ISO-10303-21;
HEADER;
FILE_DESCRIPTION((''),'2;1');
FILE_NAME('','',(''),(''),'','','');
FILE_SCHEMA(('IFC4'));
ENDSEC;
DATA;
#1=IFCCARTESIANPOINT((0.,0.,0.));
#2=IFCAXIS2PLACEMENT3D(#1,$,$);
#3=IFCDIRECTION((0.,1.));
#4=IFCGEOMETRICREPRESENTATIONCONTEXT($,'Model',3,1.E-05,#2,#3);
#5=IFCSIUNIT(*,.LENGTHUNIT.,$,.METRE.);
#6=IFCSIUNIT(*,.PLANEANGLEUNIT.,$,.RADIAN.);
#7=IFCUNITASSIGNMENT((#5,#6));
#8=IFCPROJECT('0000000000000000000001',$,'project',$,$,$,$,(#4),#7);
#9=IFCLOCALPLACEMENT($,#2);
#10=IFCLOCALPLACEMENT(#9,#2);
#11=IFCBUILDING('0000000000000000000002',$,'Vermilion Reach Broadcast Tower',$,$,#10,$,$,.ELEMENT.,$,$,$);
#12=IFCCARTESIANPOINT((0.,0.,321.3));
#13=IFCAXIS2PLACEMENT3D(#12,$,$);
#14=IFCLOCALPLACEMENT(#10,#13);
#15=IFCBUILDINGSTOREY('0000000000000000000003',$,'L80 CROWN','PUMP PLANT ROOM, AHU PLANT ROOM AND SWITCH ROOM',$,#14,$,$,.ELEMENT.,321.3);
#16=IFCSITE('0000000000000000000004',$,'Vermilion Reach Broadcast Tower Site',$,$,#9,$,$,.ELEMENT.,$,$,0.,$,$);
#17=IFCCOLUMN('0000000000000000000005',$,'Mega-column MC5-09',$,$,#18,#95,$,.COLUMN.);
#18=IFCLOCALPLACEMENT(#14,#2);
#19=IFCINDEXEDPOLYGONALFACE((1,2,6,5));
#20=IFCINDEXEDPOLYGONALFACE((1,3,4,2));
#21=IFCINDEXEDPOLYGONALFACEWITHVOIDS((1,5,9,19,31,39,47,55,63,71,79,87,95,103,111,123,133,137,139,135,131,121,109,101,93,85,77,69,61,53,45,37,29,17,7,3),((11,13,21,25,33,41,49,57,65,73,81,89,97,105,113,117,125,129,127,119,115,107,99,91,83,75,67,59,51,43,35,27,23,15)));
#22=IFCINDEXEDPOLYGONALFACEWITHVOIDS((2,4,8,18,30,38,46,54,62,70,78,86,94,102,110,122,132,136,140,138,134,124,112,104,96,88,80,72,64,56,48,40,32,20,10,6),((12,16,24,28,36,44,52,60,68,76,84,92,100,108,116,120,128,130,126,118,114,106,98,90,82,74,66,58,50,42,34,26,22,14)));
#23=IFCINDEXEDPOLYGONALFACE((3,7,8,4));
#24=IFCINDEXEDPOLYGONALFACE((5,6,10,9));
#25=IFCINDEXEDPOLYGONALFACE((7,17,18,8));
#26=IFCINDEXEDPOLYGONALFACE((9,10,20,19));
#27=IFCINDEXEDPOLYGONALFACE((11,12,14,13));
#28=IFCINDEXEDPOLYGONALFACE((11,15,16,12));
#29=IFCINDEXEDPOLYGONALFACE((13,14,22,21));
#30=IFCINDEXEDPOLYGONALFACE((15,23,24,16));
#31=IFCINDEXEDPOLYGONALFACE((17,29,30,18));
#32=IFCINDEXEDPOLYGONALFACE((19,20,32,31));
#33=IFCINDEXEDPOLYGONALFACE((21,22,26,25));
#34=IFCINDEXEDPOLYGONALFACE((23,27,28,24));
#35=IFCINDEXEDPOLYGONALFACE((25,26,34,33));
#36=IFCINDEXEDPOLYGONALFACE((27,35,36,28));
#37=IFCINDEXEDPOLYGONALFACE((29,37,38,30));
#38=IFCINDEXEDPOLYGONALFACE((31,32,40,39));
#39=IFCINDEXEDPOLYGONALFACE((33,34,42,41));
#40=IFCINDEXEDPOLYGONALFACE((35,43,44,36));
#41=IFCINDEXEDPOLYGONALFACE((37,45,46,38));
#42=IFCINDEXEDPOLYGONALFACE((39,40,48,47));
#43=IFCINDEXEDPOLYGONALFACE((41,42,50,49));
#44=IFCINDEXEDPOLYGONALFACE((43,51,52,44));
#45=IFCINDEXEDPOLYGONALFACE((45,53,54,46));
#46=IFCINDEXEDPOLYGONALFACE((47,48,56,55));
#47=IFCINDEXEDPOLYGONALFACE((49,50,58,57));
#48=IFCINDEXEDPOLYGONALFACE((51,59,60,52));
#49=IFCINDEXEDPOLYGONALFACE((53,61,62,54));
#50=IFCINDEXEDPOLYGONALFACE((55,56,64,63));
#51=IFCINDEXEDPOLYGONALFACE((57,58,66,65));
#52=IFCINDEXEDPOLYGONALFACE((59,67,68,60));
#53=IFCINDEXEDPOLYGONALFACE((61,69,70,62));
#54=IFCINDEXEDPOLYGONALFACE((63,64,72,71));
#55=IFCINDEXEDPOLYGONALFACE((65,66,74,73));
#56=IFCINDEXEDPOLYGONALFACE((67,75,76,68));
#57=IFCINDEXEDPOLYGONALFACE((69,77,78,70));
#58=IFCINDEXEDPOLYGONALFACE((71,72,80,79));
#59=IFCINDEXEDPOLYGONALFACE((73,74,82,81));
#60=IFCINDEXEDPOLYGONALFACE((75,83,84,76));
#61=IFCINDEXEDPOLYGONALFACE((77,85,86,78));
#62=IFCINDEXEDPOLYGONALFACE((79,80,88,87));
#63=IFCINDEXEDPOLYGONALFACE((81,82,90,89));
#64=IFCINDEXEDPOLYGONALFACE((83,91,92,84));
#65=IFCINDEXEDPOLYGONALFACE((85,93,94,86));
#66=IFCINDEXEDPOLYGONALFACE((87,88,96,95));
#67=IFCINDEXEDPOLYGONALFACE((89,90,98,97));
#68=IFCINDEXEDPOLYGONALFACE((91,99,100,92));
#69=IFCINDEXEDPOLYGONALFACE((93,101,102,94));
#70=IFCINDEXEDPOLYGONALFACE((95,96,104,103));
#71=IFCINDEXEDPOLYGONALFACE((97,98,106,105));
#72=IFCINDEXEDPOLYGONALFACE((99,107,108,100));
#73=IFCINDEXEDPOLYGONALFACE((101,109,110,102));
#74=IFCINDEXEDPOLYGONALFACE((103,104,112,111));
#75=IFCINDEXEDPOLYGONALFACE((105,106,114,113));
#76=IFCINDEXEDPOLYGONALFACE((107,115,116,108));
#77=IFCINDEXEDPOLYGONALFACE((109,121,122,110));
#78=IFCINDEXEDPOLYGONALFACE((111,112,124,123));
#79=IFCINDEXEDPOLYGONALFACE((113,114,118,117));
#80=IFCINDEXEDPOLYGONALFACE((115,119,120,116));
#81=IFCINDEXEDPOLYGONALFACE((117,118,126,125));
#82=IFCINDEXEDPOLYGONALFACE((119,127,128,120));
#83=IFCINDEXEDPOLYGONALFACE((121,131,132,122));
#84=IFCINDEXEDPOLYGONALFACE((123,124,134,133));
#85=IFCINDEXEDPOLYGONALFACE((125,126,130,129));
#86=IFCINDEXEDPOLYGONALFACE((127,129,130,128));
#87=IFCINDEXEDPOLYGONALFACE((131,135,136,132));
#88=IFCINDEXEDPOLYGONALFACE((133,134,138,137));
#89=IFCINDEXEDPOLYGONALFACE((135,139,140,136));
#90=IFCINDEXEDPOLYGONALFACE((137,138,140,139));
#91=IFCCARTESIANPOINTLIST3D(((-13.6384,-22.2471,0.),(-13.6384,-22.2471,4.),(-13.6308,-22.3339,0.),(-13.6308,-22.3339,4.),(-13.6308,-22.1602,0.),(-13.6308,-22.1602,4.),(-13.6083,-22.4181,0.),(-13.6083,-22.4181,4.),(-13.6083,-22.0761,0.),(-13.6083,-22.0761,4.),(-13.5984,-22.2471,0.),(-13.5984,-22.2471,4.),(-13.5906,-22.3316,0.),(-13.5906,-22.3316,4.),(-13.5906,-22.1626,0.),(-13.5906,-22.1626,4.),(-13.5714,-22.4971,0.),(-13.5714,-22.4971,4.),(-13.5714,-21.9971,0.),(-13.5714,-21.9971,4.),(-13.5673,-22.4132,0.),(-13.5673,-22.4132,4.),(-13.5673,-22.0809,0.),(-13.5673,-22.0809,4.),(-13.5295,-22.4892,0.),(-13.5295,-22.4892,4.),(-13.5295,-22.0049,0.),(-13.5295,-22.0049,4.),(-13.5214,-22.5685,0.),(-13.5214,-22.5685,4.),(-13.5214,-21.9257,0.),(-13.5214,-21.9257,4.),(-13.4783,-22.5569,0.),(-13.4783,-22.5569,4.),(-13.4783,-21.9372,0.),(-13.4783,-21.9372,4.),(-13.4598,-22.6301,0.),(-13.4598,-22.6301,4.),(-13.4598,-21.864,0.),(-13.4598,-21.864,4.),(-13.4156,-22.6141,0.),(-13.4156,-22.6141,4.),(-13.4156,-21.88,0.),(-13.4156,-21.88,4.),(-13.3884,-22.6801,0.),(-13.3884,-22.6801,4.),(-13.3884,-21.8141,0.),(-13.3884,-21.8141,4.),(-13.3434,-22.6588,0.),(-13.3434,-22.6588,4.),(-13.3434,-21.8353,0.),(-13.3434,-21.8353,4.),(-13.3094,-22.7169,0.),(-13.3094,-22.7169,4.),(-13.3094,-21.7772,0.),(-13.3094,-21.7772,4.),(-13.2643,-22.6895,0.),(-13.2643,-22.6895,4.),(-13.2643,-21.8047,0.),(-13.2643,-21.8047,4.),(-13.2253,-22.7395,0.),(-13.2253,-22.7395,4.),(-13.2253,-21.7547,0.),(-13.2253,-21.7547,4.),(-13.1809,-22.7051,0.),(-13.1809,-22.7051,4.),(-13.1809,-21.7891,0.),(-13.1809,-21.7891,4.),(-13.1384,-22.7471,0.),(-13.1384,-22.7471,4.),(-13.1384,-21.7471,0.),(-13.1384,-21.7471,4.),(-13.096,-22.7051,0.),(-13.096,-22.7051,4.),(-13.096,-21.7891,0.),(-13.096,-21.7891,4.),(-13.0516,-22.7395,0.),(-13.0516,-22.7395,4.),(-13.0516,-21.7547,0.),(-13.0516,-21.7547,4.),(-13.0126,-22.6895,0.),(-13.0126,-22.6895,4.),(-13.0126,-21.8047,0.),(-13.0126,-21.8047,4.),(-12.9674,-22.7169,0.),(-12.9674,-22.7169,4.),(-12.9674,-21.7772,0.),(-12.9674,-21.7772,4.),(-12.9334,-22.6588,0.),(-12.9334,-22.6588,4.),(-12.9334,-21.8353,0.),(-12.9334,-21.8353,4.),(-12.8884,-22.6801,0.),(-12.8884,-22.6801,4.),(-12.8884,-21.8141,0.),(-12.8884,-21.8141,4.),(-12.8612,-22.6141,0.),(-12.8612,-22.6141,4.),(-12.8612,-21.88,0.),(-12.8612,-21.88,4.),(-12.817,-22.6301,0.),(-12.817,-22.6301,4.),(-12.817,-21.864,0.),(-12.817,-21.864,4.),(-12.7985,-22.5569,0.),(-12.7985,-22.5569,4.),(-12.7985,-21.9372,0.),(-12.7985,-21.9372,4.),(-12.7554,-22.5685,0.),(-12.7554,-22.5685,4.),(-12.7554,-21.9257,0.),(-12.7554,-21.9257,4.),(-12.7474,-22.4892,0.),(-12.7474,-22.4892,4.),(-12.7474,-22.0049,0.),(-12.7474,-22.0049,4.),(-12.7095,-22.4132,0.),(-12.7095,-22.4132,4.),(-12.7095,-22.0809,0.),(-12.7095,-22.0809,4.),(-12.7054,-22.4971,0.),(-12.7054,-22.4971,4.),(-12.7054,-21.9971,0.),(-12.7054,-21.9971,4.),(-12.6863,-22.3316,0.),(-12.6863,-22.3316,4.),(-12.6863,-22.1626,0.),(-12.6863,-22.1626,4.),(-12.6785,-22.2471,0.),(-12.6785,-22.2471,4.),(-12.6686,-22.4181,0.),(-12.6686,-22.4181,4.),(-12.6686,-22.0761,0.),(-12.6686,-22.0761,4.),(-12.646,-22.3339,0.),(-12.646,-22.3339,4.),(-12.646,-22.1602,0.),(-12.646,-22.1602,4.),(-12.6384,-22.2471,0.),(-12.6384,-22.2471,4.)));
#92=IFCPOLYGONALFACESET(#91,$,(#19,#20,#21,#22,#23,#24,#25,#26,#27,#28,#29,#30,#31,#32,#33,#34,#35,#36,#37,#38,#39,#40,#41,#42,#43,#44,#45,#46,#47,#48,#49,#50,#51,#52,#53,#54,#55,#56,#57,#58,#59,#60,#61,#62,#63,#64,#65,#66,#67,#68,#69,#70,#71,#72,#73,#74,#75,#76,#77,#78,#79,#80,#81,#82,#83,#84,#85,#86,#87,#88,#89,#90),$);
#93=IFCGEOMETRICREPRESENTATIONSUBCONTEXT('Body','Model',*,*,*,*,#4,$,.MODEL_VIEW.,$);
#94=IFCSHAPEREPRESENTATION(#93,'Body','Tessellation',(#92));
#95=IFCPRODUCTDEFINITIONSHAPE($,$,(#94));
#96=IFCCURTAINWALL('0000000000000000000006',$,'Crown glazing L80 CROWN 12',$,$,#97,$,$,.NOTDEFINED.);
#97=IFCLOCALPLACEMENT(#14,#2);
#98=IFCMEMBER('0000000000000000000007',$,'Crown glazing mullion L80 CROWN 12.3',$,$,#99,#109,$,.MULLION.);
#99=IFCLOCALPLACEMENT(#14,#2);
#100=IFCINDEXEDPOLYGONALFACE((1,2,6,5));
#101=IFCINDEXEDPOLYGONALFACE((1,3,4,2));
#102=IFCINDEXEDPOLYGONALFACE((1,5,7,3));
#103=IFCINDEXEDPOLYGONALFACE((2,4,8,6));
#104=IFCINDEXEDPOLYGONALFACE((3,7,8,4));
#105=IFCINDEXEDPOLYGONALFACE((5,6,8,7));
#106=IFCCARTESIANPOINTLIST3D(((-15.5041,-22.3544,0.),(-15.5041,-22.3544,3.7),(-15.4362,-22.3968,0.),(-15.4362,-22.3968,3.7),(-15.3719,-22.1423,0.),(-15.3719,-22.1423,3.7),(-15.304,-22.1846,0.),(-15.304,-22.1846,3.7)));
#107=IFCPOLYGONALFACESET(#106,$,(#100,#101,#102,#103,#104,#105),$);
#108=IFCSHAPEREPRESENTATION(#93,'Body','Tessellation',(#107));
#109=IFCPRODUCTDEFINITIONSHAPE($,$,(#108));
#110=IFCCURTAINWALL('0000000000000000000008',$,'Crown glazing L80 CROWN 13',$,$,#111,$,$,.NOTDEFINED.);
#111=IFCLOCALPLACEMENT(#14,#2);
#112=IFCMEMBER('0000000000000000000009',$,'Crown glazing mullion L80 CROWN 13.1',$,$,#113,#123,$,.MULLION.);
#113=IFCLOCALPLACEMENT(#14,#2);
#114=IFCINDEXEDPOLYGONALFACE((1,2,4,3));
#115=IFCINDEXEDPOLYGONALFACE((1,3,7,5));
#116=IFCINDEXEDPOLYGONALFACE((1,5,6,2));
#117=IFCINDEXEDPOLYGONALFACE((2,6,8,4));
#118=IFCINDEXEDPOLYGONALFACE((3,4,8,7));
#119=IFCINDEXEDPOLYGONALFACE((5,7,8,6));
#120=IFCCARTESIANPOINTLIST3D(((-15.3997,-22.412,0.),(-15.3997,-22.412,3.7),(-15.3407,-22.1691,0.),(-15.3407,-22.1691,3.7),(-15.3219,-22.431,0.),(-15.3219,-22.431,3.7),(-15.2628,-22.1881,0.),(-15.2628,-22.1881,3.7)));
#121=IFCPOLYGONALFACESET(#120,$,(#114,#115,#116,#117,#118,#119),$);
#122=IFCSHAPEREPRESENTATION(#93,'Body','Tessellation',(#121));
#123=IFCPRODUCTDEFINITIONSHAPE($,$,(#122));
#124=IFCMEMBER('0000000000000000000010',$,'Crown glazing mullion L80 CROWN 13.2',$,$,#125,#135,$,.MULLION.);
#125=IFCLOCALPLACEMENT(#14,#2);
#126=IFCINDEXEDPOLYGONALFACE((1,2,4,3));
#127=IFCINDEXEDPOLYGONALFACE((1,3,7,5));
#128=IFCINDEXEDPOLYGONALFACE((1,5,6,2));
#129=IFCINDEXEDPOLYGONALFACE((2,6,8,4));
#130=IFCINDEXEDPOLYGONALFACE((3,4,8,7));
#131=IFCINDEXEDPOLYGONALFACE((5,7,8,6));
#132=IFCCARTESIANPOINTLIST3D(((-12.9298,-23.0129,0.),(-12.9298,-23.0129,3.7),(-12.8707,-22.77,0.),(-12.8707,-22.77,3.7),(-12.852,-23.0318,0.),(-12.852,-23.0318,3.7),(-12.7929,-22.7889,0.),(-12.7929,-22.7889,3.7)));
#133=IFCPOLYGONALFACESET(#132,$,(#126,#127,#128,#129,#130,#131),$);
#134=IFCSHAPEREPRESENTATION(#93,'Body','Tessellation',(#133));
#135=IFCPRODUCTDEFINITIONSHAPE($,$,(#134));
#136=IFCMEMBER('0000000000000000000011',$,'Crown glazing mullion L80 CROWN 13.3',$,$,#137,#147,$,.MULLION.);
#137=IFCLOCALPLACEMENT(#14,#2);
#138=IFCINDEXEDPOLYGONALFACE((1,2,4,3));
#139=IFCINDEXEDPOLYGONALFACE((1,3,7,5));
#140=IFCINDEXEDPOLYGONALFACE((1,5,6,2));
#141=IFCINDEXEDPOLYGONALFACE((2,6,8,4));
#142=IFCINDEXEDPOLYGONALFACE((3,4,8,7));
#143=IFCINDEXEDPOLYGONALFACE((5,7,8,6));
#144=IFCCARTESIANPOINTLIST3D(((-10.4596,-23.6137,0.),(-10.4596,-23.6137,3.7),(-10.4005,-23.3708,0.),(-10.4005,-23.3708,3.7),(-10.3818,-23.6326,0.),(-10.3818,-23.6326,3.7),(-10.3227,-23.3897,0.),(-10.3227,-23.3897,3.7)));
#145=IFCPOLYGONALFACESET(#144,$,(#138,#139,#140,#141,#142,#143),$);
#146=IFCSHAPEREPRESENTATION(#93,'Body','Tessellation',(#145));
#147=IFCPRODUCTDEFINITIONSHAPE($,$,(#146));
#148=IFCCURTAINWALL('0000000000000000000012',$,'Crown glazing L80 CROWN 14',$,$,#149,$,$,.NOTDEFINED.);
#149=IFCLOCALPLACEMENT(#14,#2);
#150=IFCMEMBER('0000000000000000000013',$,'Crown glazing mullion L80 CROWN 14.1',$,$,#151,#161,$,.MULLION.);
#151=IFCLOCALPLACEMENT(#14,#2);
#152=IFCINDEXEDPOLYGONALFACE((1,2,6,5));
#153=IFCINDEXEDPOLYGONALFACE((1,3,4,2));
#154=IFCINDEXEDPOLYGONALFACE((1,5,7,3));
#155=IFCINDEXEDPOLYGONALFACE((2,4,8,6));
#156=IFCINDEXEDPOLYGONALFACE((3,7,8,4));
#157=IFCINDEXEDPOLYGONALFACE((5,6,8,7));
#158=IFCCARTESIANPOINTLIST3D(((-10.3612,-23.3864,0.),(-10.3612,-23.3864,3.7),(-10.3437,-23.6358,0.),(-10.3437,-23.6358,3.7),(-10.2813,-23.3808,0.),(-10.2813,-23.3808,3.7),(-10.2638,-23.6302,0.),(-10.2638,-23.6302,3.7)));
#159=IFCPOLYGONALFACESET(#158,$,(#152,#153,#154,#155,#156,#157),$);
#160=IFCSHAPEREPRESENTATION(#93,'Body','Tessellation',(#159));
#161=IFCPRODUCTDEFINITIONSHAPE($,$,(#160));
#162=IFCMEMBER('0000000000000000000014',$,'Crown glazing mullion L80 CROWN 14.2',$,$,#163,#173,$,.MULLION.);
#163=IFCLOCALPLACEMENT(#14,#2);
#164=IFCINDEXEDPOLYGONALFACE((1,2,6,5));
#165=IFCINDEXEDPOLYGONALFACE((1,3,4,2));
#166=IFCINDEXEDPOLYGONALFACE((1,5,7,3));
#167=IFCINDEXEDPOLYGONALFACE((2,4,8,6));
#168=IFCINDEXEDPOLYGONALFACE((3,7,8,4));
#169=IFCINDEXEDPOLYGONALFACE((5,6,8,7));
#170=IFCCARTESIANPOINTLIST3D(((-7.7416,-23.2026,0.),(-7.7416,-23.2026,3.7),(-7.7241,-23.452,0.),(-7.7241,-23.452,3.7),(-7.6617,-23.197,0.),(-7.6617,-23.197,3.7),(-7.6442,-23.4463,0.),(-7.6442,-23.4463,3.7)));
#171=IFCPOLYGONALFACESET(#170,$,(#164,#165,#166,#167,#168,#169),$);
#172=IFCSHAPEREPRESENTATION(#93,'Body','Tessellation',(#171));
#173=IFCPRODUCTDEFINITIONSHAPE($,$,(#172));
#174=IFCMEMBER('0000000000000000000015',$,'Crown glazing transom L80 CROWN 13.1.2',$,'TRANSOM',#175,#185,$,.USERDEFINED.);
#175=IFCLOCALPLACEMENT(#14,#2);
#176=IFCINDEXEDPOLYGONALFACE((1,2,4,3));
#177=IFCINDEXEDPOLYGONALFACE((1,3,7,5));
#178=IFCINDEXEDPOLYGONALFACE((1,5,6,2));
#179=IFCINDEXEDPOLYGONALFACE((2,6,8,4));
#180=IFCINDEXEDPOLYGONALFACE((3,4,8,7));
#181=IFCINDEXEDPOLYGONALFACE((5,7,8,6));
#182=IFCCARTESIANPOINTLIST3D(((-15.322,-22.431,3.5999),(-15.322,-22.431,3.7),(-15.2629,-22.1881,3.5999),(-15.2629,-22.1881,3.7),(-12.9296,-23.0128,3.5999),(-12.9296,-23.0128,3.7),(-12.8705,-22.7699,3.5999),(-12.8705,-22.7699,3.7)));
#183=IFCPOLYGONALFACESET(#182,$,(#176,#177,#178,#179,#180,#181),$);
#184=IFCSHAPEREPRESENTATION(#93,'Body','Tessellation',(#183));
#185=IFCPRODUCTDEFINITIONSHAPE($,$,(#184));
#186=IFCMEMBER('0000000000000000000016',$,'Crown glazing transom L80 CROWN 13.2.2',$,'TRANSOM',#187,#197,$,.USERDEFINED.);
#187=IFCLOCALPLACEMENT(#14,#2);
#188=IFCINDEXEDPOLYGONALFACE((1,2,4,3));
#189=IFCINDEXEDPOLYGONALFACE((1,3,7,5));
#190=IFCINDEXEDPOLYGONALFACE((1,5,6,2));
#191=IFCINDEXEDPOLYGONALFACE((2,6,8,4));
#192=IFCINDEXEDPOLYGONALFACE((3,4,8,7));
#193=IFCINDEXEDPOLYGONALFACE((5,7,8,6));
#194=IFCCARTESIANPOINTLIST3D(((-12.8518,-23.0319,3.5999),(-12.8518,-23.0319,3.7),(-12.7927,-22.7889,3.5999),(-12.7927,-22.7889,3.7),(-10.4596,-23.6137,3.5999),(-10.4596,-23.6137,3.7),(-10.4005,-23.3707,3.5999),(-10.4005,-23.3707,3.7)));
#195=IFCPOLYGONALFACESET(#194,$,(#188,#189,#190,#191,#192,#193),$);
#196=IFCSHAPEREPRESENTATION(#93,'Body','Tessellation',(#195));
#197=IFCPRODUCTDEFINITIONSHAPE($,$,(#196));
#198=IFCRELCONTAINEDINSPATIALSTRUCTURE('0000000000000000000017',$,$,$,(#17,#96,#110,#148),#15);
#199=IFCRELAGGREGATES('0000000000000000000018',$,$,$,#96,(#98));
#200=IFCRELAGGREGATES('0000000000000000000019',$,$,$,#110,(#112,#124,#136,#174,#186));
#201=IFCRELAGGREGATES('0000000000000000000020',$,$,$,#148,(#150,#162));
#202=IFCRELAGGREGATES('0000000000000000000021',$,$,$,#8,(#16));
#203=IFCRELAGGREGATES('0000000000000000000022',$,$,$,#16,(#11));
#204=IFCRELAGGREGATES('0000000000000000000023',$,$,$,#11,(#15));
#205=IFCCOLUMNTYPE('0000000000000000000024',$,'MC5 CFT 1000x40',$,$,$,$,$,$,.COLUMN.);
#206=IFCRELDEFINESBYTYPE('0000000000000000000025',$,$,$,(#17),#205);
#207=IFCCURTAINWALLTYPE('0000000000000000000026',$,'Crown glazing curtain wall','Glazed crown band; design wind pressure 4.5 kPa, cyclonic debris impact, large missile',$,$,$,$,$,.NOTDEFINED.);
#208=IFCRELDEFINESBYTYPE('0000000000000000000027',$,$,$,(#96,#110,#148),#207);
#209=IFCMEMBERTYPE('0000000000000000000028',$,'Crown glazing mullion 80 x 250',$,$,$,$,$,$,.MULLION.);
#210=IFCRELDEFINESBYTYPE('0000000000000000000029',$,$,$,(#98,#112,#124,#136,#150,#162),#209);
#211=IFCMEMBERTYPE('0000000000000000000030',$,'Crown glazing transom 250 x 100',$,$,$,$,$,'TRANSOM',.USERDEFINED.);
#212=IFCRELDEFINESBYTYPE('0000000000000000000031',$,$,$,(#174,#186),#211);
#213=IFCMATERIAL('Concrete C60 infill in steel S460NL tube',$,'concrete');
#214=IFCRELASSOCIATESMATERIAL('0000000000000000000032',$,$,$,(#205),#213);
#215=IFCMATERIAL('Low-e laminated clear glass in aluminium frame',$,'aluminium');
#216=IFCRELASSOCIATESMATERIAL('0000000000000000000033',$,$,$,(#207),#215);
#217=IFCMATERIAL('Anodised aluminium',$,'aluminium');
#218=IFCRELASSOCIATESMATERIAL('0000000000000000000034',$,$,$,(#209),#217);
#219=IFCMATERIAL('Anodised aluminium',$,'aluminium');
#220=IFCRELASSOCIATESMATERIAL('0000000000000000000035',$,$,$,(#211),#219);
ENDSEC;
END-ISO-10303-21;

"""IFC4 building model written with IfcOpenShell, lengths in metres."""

from ifc_helpers import new_model, si_unit, direction, frame, origin, origin_2d, place, context, subcontext, project, spatial, rectangle, hollow_circle, extrude, material, material_profile, profile_set, type_object, element, aggregate, save


model = new_model("IFC4")

# Units and contexts
model_context = context("Model", 3, precision=1e-05, world=origin(), true_north=direction((0.0, 1.0)))
body_context = subcontext(model_context, "Body", "Model", "MODEL_VIEW")
ifc_project = project(units=[si_unit("LENGTHUNIT", "METRE"), si_unit("PLANEANGLEUNIT", "RADIAN")], contexts=[model_context])

# Site, building, storey
site_placement = place(None, origin())
site = spatial("IfcSite", under=ifc_project, at=site_placement, Name="Vermilion Reach Broadcast Tower Site", CompositionType="ELEMENT", RefElevation=0.0)
building_placement = place(site_placement, origin())
building = spatial("IfcBuilding", under=site, at=building_placement, Name="Vermilion Reach Broadcast Tower", CompositionType="ELEMENT")
storey_placement = place(building_placement, frame((0.0, 0.0, 321.3)))
storey = spatial("IfcBuildingStorey", under=building, at=storey_placement, Name="L80 CROWN", Description="PUMP PLANT ROOM, AHU PLANT ROOM AND SWITCH ROOM", CompositionType="ELEMENT", Elevation=321.3)

# Column
ifc_material_1 = material(Name="Concrete C60 infill in steel S460NL tube", Category="concrete")
ifc_material_profile_1 = material_profile(ifc_material_1, hollow_circle(Radius=0.5, WallThickness=0.04, at=origin_2d()), Name="Concrete C60 infill in steel S460NL tube CFT 1000x40")
ifc_profile_set_1 = profile_set([ifc_material_profile_1], Name="Concrete C60 infill in steel S460NL tube")
column_type = type_object("IfcColumnType", Name="MC5 CFT 1000x40", PredefinedType="COLUMN", material=ifc_profile_set_1)
column_placement = place(storey_placement, frame((-13.1384, -22.2471, 0.0), z_axis=(0.0, 0.0, 1.0), x_axis=(1.0, 0.0, 0.0)))
element("IfcColumn", 1, at=column_placement, inside=storey, type_object=column_type, Name="Mega-column MC5-09", PredefinedType="COLUMN", context=body_context, shape_type="SweptSolid", body=[
    extrude(hollow_circle(Radius=0.5, WallThickness=0.04, at=origin_2d()), origin(), (0.0, 0.0, 1.0), 4.0),
])

# Curtain wall, member
ifc_material_2 = material(Name="Low-e laminated clear glass in aluminium frame", Category="aluminium")
curtain_wall_type = type_object("IfcCurtainWallType", Name="Crown glazing curtain wall", Description="Glazed crown band; design wind pressure 4.5 kPa, cyclonic debris impact, large missile", PredefinedType="NOTDEFINED", material=ifc_material_2)
placement = place(storey_placement, origin())
curtain_wall_1 = element("IfcCurtainWall", 2, at=placement, inside=storey, type_object=curtain_wall_type, Name="Crown glazing L80 CROWN 12", PredefinedType="NOTDEFINED")
ifc_material_3 = material(Name="Anodised aluminium", Category="aluminium")
ifc_material_profile_2 = material_profile(ifc_material_3, rectangle(XDim=0.25, YDim=0.0801, at=origin_2d()), Name="Crown glazing mullion 80 x 250")
ifc_profile_set_2 = profile_set([ifc_material_profile_2], Name="Anodised aluminium")
member_type_1 = type_object("IfcMemberType", Name="Crown glazing mullion 80 x 250", PredefinedType="MULLION", material=ifc_profile_set_2)
member_1_placement = place(storey_placement, frame((-15.4041, -22.2695, 0.0), z_axis=(0.0, 0.0, 1.0), x_axis=(0.528861, 0.848708, 0.0)))
member_1 = element("IfcMember", 3, at=member_1_placement, type_object=member_type_1, Name="Crown glazing mullion L80 CROWN 12.3", PredefinedType="MULLION", context=body_context, shape_type="SweptSolid", body=[
    extrude(rectangle(XDim=0.25, YDim=0.0801, at=origin_2d()), origin(), (0.0, 0.0, 1.0), 3.7),
])
aggregate(curtain_wall_1, [member_1])

# Curtain walls, members
curtain_wall_2 = element("IfcCurtainWall", 4, at=placement, inside=storey, type_object=curtain_wall_type, Name="Crown glazing L80 CROWN 13", PredefinedType="NOTDEFINED")
member_2_placement = place(storey_placement, frame((-15.3313, -22.3, 0.0), z_axis=(0.0, 0.0, 1.0), x_axis=(0.236354, 0.971667, 0.0)))
member_2 = element("IfcMember", 5, at=member_2_placement, type_object=member_type_1, Name="Crown glazing mullion L80 CROWN 13.1", PredefinedType="MULLION", context=body_context, shape_type="SweptSolid", body=[
    extrude(rectangle(XDim=0.25, YDim=0.0801, at=origin_2d()), origin(), (0.0, 0.0, 1.0), 3.7),
])
member_3_placement = place(storey_placement, frame((-12.8613, -22.9009, 0.0), z_axis=(0.0, 0.0, 1.0), x_axis=(0.236354, 0.971667, 0.0)))
member_3 = element("IfcMember", 6, at=member_3_placement, type_object=member_type_1, Name="Crown glazing mullion L80 CROWN 13.2", PredefinedType="MULLION", context=body_context, shape_type="SweptSolid", body=[
    extrude(rectangle(XDim=0.25, YDim=0.0801, at=origin_2d()), origin(), (0.0, 0.0, 1.0), 3.7),
])
member_4_placement = place(storey_placement, frame((-10.3911, -23.5017, 0.0), z_axis=(0.0, 0.0, 1.0), x_axis=(0.236354, 0.971667, 0.0)))
member_4 = element("IfcMember", 7, at=member_4_placement, type_object=member_type_1, Name="Crown glazing mullion L80 CROWN 13.3", PredefinedType="MULLION", context=body_context, shape_type="SweptSolid", body=[
    extrude(rectangle(XDim=0.25, YDim=0.0801, at=origin_2d()), origin(), (0.0, 0.0, 1.0), 3.7),
])
curtain_wall_3 = element("IfcCurtainWall", 8, at=placement, inside=storey, type_object=curtain_wall_type, Name="Crown glazing L80 CROWN 14", PredefinedType="NOTDEFINED")
member_5_placement = place(storey_placement, frame((-10.3125, -23.5083, 0.0), z_axis=(0.0, 0.0, 1.0), x_axis=(-0.070082, 0.997541, 0.0)))
member_5 = element("IfcMember", 9, at=member_5_placement, type_object=member_type_1, Name="Crown glazing mullion L80 CROWN 14.1", PredefinedType="MULLION", context=body_context, shape_type="SweptSolid", body=[
    extrude(rectangle(XDim=0.25, YDim=0.0801, at=origin_2d()), origin(), (0.0, 0.0, 1.0), 3.7),
])
member_6_placement = place(storey_placement, frame((-7.6929, -23.3245, 0.0), z_axis=(0.0, 0.0, 1.0), x_axis=(-0.070082, 0.997541, 0.0)))
member_6 = element("IfcMember", 10, at=member_6_placement, type_object=member_type_1, Name="Crown glazing mullion L80 CROWN 14.2", PredefinedType="MULLION", context=body_context, shape_type="SweptSolid", body=[
    extrude(rectangle(XDim=0.25, YDim=0.0801, at=origin_2d()), origin(), (0.0, 0.0, 1.0), 3.7),
])

# Members
ifc_material_4 = material(Name="Anodised aluminium", Category="aluminium")
ifc_material_profile_3 = material_profile(ifc_material_4, rectangle(XDim=0.25, YDim=0.1001, at=origin_2d()), Name="Crown glazing transom 250 x 100")
ifc_profile_set_3 = profile_set([ifc_material_profile_3], Name="Anodised aluminium")
member_type_2 = type_object("IfcMemberType", Name="Crown glazing transom 250 x 100", ElementType="TRANSOM", PredefinedType="USERDEFINED", material=ifc_profile_set_3)
member_7_placement = place(storey_placement, frame((-15.2925, -22.3096, 3.6499), z_axis=(0.97168, -0.236301, 0.0), x_axis=(0.236301, 0.97168, 0.0)))
member_7 = element("IfcMember", 11, at=member_7_placement, type_object=member_type_2, Name="Crown glazing transom L80 CROWN 13.1.2", ObjectType="TRANSOM", PredefinedType="USERDEFINED", context=body_context, shape_type="SweptSolid", body=[
    extrude(rectangle(XDim=0.25, YDim=0.1001, at=origin_2d()), origin(), (0.0, 0.0, 1.0), 2.4622),
])
member_8_placement = place(storey_placement, frame((-12.8223, -22.9104, 3.6499), z_axis=(0.971674, -0.236324, 0.0), x_axis=(0.236324, 0.971674, 0.0)))
member_8 = element("IfcMember", 12, at=member_8_placement, type_object=member_type_2, Name="Crown glazing transom L80 CROWN 13.2.2", ObjectType="TRANSOM", PredefinedType="USERDEFINED", context=body_context, shape_type="SweptSolid", body=[
    extrude(rectangle(XDim=0.25, YDim=0.1001, at=origin_2d()), origin(), (0.0, 0.0, 1.0), 2.4619),
])

aggregate(curtain_wall_2, [member_2, member_3, member_4, member_7, member_8])
aggregate(curtain_wall_3, [member_5, member_6])

save(model, "model.ifc")
